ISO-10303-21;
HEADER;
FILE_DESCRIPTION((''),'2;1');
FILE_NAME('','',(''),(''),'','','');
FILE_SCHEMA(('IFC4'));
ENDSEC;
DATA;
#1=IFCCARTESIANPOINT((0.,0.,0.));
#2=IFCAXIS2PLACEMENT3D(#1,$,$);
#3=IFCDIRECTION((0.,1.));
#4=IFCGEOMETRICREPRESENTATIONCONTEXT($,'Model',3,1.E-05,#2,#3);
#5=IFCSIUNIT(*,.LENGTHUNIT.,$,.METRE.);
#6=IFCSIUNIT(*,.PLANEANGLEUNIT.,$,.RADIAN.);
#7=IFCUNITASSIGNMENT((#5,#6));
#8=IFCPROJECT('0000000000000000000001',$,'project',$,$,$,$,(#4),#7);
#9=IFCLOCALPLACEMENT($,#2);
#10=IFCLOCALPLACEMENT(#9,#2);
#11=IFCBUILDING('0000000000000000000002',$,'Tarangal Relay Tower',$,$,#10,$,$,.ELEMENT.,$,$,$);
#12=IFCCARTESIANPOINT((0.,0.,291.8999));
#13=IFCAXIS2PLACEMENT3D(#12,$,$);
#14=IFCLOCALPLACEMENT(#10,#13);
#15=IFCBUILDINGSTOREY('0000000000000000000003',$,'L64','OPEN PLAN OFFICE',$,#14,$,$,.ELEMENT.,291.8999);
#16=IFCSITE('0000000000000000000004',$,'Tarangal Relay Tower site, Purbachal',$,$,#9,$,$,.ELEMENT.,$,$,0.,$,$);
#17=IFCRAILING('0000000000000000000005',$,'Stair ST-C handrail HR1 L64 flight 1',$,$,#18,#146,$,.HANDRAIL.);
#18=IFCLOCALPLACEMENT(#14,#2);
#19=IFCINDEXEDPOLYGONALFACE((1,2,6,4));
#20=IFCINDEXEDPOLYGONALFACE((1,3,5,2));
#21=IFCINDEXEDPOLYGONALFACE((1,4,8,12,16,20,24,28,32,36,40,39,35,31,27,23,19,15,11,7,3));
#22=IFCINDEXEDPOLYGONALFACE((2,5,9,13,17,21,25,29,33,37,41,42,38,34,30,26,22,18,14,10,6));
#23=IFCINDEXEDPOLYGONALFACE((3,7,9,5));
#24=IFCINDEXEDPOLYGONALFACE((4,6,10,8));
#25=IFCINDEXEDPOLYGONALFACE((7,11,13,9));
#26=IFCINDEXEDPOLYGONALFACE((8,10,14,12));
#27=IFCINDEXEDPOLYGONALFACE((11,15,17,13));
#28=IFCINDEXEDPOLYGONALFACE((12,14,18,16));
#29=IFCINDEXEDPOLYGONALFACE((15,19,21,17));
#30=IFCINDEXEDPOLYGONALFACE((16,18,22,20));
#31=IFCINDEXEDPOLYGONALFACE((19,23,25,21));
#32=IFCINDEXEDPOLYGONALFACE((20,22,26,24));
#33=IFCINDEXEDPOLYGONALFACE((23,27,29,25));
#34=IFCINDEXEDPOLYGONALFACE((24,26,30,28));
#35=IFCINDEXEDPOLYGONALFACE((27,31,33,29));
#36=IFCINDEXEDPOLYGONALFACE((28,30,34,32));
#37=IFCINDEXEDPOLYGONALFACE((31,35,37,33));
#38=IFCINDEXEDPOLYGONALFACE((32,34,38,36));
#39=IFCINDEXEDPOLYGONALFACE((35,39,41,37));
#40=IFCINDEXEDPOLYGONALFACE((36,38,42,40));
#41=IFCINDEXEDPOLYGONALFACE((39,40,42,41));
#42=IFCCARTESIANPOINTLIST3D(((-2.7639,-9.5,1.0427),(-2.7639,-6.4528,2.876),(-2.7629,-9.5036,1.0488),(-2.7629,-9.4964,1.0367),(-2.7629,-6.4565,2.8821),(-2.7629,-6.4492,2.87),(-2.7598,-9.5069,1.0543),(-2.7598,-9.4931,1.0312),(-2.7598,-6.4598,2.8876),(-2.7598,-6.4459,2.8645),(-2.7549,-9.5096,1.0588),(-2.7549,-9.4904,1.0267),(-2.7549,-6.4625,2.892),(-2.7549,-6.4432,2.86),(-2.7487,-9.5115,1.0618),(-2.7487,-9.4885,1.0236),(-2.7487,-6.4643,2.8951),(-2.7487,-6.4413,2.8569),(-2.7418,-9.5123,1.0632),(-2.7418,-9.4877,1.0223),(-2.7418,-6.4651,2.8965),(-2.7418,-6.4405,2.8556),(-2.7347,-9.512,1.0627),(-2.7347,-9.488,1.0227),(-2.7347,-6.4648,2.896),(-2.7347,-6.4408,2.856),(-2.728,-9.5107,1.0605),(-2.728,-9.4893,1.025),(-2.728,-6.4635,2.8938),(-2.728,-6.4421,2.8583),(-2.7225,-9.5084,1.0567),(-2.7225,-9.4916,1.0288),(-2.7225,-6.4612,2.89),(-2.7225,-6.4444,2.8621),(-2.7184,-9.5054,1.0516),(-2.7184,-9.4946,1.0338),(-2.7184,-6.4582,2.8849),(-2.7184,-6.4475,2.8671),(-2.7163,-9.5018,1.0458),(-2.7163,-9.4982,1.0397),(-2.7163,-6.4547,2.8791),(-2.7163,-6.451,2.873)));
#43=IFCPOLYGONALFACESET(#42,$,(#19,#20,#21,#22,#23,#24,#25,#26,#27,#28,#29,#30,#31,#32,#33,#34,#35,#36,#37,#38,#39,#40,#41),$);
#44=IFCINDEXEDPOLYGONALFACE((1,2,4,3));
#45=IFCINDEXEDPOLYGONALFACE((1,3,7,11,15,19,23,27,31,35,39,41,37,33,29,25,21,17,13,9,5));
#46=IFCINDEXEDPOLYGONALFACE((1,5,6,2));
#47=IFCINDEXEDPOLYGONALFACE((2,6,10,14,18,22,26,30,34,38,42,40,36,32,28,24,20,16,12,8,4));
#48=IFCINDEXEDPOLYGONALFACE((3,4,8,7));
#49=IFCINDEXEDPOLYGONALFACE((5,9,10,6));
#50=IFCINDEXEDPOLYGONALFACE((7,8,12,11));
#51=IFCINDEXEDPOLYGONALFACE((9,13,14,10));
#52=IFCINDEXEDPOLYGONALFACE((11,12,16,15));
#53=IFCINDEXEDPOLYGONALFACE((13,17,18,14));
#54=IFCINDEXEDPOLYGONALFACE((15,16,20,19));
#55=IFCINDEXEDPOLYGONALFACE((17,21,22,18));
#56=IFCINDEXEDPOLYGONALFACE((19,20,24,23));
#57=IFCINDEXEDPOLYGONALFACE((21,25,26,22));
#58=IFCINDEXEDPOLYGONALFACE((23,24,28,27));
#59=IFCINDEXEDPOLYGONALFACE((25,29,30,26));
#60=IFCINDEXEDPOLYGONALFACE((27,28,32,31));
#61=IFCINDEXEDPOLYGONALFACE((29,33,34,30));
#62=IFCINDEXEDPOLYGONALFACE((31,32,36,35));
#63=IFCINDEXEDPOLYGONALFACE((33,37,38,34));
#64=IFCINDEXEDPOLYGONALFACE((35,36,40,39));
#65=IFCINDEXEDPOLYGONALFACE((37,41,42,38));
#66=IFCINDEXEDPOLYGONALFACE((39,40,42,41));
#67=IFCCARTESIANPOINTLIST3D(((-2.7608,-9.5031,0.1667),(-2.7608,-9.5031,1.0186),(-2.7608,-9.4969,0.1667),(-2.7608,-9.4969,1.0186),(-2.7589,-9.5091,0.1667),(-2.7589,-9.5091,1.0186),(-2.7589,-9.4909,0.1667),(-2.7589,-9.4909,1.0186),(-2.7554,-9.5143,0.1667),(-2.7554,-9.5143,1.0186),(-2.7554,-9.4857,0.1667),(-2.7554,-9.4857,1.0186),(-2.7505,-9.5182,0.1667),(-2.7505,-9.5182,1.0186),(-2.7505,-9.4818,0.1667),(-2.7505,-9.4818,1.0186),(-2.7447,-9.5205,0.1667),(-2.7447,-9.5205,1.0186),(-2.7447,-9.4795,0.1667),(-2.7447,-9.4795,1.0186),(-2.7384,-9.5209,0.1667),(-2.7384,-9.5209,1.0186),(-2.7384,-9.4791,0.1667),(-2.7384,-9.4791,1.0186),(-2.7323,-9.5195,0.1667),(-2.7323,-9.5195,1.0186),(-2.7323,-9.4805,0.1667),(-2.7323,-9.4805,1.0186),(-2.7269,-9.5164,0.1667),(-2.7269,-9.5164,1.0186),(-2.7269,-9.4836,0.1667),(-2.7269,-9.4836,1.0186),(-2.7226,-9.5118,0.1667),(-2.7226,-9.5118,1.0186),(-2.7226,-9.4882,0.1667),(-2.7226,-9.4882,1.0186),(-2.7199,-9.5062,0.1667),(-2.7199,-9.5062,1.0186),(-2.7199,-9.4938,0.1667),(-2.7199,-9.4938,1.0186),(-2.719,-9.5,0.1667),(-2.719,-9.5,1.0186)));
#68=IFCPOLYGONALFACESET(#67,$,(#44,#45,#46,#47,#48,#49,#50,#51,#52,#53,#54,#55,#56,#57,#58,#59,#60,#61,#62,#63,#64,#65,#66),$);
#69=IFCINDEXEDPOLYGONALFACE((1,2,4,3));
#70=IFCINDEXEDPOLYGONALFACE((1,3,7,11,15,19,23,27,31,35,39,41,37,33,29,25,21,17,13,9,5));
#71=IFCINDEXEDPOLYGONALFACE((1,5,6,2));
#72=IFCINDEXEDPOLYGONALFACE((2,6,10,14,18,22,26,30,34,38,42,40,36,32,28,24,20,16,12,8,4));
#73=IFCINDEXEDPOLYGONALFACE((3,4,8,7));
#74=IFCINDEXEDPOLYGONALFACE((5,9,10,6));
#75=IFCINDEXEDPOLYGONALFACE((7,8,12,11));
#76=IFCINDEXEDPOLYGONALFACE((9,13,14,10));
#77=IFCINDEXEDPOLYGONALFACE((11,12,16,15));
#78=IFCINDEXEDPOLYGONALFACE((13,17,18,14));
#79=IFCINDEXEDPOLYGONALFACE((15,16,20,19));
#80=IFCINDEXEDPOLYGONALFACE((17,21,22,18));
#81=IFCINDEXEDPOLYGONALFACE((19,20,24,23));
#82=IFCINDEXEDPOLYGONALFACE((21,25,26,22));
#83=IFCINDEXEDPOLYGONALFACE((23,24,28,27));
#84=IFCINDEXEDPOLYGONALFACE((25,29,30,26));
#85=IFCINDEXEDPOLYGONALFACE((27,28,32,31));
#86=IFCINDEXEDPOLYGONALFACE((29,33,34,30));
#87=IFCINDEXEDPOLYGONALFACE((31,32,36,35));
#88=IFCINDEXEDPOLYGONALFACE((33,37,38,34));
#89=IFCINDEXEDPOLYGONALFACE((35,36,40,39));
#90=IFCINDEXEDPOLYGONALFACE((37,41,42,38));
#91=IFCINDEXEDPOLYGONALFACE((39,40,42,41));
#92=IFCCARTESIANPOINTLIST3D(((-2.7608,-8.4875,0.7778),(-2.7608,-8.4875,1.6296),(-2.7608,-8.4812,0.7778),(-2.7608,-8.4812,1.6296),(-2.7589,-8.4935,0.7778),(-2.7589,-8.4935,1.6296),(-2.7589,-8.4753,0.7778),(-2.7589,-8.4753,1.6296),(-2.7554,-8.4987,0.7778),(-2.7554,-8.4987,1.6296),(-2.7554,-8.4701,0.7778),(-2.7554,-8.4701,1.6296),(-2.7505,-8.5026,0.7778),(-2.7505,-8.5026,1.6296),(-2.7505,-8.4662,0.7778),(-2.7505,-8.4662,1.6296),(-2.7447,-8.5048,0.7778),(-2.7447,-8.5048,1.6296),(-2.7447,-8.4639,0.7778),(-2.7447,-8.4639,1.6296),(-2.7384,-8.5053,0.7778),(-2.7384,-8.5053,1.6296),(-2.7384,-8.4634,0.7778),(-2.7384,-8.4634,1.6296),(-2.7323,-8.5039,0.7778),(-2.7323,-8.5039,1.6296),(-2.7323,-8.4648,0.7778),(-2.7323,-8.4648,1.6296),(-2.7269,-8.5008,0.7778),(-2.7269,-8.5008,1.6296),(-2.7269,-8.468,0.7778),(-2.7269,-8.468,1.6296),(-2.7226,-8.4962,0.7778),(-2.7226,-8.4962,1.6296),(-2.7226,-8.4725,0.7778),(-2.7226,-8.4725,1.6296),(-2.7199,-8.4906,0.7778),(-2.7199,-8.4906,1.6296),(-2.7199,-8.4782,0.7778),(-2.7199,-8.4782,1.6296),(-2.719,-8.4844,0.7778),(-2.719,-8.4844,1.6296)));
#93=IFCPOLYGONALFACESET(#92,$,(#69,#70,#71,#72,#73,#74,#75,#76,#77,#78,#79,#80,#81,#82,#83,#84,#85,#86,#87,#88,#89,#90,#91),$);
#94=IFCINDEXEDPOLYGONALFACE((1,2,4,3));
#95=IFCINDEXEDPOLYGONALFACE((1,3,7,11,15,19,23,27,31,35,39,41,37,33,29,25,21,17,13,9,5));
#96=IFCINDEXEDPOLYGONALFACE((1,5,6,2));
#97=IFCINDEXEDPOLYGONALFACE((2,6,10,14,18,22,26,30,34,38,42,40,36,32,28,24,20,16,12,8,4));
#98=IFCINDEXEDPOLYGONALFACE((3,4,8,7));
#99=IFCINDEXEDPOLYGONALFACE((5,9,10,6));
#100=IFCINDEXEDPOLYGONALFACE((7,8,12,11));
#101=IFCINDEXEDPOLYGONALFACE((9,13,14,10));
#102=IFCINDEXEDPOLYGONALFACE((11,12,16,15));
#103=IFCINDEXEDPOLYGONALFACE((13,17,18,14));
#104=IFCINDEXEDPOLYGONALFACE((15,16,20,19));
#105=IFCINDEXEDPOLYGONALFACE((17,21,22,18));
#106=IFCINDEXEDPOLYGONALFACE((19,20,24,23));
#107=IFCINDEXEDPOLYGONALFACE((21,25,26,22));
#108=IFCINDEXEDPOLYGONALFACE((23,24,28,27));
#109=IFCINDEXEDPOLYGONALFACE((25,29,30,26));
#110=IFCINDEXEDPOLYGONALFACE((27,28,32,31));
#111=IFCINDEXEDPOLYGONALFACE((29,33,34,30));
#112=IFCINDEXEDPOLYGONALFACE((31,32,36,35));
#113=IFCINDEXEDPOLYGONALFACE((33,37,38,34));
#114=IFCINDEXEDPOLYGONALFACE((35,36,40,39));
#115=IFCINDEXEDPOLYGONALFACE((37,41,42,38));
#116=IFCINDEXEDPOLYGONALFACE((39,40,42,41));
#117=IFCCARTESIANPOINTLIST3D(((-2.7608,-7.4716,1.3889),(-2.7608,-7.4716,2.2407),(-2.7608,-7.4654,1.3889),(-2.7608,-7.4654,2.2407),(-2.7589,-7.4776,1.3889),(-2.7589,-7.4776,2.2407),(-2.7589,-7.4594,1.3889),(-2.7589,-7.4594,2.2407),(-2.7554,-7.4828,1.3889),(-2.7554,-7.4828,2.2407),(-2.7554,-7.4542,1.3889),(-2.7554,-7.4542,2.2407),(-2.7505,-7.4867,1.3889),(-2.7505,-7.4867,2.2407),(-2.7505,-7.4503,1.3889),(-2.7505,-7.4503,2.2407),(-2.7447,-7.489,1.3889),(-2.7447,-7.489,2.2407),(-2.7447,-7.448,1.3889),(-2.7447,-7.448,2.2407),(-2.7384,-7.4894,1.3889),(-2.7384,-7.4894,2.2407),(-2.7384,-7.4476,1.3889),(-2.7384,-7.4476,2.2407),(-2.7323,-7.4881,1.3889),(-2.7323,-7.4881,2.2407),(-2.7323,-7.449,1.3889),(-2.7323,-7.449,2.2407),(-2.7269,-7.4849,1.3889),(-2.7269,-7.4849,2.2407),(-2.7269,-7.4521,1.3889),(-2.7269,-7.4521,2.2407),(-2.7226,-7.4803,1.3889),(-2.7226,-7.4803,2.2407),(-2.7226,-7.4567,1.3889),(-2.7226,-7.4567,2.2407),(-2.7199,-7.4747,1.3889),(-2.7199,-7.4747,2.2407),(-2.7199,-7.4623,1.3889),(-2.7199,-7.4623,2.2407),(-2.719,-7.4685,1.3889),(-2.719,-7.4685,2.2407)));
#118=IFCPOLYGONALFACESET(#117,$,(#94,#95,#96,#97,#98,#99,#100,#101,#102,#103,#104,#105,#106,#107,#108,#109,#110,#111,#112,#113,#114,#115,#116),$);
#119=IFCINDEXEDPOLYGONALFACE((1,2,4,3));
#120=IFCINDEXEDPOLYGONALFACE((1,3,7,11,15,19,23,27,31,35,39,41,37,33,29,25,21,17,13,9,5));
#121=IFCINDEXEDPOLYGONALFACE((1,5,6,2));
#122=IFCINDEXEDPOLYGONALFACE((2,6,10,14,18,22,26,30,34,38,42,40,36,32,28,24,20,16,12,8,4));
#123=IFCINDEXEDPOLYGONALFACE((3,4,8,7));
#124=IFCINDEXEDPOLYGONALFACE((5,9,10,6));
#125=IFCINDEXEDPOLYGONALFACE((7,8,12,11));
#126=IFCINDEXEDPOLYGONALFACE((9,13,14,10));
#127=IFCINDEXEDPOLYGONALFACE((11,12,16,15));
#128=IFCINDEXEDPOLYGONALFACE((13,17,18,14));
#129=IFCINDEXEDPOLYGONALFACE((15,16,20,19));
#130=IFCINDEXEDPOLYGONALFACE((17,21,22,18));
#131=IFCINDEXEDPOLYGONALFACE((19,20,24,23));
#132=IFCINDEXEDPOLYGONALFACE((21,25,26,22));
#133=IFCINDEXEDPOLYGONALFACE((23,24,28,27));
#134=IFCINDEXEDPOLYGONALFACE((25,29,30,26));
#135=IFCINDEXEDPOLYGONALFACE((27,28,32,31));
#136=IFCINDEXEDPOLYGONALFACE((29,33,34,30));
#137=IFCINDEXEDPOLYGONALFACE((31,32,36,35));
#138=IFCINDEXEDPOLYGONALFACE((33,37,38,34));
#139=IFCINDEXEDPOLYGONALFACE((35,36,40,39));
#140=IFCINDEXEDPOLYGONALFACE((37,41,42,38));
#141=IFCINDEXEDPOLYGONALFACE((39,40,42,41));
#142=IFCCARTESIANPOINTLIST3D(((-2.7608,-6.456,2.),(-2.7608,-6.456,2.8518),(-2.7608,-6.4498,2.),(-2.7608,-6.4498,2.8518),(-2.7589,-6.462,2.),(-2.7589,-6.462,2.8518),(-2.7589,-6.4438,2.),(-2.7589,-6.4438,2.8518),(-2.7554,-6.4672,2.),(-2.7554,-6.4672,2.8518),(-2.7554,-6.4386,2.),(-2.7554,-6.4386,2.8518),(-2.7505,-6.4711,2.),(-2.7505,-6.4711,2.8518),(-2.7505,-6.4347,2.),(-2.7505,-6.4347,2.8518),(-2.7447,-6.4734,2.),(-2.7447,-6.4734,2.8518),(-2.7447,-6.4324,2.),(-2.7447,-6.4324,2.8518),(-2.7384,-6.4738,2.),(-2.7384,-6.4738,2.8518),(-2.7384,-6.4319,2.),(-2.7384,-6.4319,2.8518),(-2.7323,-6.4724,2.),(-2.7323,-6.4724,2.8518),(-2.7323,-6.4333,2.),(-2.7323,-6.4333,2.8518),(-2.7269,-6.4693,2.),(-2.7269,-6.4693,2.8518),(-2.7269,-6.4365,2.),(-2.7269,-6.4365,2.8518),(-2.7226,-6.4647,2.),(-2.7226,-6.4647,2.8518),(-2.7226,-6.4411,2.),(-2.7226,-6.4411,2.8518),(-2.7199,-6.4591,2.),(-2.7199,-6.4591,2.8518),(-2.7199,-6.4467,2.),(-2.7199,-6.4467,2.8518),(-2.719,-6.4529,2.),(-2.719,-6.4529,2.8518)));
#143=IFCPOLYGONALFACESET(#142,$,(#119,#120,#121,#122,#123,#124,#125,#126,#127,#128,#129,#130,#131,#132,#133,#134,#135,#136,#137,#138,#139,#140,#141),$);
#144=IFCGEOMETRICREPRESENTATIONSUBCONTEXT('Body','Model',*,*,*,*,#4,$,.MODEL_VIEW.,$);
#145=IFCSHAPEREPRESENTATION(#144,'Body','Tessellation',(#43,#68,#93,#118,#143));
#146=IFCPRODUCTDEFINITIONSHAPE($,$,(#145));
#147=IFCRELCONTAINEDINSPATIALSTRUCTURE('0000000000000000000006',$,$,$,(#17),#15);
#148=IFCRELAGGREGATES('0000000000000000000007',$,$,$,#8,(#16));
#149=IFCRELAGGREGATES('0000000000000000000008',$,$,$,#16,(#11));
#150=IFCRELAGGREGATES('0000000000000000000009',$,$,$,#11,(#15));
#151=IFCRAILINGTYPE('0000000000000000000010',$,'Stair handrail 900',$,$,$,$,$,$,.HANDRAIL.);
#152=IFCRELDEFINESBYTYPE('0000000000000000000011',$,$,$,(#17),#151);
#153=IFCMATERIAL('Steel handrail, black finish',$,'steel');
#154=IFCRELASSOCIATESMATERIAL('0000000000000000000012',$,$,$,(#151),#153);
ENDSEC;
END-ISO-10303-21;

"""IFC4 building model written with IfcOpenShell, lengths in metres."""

from ifc_helpers import new_model, si_unit, direction, frame, origin, origin_2d, place, context, subcontext, project, spatial, circle, extrude, material, type_object, element, save


model = new_model("IFC4")

# Units and contexts
model_context = context("Model", 3, precision=1e-05, world=origin(), true_north=direction((0.0, 1.0)))
body_context = subcontext(model_context, "Body", "Model", "MODEL_VIEW")
ifc_project = project(units=[si_unit("LENGTHUNIT", "METRE"), si_unit("PLANEANGLEUNIT", "RADIAN")], contexts=[model_context])

# Site, building, storey
site_placement = place(None, origin())
site = spatial("IfcSite", under=ifc_project, at=site_placement, Name="Tarangal Relay Tower site, Purbachal", CompositionType="ELEMENT", RefElevation=0.0)
building_placement = place(site_placement, origin())
building = spatial("IfcBuilding", under=site, at=building_placement, Name="Tarangal Relay Tower", CompositionType="ELEMENT")
storey_placement = place(building_placement, frame((0.0, 0.0, 291.8999)))
storey = spatial("IfcBuildingStorey", under=building, at=storey_placement, Name="L64", Description="OPEN PLAN OFFICE", CompositionType="ELEMENT", Elevation=291.8999)

# Railing
ifc_material_1 = material(Name="Steel handrail, black finish", Category="steel")
railing_type_1 = type_object("IfcRailingType", Name="Stair handrail 900", PredefinedType="HANDRAIL", material=ifc_material_1)
railing_1_placement = place(storey_placement, frame((-2.74, -9.5, 0.1667)))
element("IfcRailing", 1, at=railing_1_placement, inside=storey, type_object=railing_type_1, Name="Stair ST-C handrail HR1 L64 flight 1", PredefinedType="HANDRAIL", context=body_context, shape_type="SweptSolid", body=[
    extrude(circle(Radius=0.0239, at=origin_2d()), frame((0.0, 0.0, 0.876), z_axis=(0.0, 0.856874, 0.515525), x_axis=(-1.0, 0.0, 0.0)), (0.0, 0.0, 1.0), 3.5562),
    extrude(circle(Radius=0.021, at=origin_2d()), origin(), (0.0, 0.0, 1.0), 0.8518),
    extrude(circle(Radius=0.021, at=origin_2d()), frame((0.0, 1.0156, 0.6111)), (0.0, 0.0, 1.0), 0.8518),
    extrude(circle(Radius=0.021, at=origin_2d()), frame((0.0, 2.0315, 1.2222)), (0.0, 0.0, 1.0), 0.8518),
    extrude(circle(Radius=0.021, at=origin_2d()), frame((0.0, 3.0471, 1.8333)), (0.0, 0.0, 1.0), 0.8518),
])

save(model, "model.ifc")
